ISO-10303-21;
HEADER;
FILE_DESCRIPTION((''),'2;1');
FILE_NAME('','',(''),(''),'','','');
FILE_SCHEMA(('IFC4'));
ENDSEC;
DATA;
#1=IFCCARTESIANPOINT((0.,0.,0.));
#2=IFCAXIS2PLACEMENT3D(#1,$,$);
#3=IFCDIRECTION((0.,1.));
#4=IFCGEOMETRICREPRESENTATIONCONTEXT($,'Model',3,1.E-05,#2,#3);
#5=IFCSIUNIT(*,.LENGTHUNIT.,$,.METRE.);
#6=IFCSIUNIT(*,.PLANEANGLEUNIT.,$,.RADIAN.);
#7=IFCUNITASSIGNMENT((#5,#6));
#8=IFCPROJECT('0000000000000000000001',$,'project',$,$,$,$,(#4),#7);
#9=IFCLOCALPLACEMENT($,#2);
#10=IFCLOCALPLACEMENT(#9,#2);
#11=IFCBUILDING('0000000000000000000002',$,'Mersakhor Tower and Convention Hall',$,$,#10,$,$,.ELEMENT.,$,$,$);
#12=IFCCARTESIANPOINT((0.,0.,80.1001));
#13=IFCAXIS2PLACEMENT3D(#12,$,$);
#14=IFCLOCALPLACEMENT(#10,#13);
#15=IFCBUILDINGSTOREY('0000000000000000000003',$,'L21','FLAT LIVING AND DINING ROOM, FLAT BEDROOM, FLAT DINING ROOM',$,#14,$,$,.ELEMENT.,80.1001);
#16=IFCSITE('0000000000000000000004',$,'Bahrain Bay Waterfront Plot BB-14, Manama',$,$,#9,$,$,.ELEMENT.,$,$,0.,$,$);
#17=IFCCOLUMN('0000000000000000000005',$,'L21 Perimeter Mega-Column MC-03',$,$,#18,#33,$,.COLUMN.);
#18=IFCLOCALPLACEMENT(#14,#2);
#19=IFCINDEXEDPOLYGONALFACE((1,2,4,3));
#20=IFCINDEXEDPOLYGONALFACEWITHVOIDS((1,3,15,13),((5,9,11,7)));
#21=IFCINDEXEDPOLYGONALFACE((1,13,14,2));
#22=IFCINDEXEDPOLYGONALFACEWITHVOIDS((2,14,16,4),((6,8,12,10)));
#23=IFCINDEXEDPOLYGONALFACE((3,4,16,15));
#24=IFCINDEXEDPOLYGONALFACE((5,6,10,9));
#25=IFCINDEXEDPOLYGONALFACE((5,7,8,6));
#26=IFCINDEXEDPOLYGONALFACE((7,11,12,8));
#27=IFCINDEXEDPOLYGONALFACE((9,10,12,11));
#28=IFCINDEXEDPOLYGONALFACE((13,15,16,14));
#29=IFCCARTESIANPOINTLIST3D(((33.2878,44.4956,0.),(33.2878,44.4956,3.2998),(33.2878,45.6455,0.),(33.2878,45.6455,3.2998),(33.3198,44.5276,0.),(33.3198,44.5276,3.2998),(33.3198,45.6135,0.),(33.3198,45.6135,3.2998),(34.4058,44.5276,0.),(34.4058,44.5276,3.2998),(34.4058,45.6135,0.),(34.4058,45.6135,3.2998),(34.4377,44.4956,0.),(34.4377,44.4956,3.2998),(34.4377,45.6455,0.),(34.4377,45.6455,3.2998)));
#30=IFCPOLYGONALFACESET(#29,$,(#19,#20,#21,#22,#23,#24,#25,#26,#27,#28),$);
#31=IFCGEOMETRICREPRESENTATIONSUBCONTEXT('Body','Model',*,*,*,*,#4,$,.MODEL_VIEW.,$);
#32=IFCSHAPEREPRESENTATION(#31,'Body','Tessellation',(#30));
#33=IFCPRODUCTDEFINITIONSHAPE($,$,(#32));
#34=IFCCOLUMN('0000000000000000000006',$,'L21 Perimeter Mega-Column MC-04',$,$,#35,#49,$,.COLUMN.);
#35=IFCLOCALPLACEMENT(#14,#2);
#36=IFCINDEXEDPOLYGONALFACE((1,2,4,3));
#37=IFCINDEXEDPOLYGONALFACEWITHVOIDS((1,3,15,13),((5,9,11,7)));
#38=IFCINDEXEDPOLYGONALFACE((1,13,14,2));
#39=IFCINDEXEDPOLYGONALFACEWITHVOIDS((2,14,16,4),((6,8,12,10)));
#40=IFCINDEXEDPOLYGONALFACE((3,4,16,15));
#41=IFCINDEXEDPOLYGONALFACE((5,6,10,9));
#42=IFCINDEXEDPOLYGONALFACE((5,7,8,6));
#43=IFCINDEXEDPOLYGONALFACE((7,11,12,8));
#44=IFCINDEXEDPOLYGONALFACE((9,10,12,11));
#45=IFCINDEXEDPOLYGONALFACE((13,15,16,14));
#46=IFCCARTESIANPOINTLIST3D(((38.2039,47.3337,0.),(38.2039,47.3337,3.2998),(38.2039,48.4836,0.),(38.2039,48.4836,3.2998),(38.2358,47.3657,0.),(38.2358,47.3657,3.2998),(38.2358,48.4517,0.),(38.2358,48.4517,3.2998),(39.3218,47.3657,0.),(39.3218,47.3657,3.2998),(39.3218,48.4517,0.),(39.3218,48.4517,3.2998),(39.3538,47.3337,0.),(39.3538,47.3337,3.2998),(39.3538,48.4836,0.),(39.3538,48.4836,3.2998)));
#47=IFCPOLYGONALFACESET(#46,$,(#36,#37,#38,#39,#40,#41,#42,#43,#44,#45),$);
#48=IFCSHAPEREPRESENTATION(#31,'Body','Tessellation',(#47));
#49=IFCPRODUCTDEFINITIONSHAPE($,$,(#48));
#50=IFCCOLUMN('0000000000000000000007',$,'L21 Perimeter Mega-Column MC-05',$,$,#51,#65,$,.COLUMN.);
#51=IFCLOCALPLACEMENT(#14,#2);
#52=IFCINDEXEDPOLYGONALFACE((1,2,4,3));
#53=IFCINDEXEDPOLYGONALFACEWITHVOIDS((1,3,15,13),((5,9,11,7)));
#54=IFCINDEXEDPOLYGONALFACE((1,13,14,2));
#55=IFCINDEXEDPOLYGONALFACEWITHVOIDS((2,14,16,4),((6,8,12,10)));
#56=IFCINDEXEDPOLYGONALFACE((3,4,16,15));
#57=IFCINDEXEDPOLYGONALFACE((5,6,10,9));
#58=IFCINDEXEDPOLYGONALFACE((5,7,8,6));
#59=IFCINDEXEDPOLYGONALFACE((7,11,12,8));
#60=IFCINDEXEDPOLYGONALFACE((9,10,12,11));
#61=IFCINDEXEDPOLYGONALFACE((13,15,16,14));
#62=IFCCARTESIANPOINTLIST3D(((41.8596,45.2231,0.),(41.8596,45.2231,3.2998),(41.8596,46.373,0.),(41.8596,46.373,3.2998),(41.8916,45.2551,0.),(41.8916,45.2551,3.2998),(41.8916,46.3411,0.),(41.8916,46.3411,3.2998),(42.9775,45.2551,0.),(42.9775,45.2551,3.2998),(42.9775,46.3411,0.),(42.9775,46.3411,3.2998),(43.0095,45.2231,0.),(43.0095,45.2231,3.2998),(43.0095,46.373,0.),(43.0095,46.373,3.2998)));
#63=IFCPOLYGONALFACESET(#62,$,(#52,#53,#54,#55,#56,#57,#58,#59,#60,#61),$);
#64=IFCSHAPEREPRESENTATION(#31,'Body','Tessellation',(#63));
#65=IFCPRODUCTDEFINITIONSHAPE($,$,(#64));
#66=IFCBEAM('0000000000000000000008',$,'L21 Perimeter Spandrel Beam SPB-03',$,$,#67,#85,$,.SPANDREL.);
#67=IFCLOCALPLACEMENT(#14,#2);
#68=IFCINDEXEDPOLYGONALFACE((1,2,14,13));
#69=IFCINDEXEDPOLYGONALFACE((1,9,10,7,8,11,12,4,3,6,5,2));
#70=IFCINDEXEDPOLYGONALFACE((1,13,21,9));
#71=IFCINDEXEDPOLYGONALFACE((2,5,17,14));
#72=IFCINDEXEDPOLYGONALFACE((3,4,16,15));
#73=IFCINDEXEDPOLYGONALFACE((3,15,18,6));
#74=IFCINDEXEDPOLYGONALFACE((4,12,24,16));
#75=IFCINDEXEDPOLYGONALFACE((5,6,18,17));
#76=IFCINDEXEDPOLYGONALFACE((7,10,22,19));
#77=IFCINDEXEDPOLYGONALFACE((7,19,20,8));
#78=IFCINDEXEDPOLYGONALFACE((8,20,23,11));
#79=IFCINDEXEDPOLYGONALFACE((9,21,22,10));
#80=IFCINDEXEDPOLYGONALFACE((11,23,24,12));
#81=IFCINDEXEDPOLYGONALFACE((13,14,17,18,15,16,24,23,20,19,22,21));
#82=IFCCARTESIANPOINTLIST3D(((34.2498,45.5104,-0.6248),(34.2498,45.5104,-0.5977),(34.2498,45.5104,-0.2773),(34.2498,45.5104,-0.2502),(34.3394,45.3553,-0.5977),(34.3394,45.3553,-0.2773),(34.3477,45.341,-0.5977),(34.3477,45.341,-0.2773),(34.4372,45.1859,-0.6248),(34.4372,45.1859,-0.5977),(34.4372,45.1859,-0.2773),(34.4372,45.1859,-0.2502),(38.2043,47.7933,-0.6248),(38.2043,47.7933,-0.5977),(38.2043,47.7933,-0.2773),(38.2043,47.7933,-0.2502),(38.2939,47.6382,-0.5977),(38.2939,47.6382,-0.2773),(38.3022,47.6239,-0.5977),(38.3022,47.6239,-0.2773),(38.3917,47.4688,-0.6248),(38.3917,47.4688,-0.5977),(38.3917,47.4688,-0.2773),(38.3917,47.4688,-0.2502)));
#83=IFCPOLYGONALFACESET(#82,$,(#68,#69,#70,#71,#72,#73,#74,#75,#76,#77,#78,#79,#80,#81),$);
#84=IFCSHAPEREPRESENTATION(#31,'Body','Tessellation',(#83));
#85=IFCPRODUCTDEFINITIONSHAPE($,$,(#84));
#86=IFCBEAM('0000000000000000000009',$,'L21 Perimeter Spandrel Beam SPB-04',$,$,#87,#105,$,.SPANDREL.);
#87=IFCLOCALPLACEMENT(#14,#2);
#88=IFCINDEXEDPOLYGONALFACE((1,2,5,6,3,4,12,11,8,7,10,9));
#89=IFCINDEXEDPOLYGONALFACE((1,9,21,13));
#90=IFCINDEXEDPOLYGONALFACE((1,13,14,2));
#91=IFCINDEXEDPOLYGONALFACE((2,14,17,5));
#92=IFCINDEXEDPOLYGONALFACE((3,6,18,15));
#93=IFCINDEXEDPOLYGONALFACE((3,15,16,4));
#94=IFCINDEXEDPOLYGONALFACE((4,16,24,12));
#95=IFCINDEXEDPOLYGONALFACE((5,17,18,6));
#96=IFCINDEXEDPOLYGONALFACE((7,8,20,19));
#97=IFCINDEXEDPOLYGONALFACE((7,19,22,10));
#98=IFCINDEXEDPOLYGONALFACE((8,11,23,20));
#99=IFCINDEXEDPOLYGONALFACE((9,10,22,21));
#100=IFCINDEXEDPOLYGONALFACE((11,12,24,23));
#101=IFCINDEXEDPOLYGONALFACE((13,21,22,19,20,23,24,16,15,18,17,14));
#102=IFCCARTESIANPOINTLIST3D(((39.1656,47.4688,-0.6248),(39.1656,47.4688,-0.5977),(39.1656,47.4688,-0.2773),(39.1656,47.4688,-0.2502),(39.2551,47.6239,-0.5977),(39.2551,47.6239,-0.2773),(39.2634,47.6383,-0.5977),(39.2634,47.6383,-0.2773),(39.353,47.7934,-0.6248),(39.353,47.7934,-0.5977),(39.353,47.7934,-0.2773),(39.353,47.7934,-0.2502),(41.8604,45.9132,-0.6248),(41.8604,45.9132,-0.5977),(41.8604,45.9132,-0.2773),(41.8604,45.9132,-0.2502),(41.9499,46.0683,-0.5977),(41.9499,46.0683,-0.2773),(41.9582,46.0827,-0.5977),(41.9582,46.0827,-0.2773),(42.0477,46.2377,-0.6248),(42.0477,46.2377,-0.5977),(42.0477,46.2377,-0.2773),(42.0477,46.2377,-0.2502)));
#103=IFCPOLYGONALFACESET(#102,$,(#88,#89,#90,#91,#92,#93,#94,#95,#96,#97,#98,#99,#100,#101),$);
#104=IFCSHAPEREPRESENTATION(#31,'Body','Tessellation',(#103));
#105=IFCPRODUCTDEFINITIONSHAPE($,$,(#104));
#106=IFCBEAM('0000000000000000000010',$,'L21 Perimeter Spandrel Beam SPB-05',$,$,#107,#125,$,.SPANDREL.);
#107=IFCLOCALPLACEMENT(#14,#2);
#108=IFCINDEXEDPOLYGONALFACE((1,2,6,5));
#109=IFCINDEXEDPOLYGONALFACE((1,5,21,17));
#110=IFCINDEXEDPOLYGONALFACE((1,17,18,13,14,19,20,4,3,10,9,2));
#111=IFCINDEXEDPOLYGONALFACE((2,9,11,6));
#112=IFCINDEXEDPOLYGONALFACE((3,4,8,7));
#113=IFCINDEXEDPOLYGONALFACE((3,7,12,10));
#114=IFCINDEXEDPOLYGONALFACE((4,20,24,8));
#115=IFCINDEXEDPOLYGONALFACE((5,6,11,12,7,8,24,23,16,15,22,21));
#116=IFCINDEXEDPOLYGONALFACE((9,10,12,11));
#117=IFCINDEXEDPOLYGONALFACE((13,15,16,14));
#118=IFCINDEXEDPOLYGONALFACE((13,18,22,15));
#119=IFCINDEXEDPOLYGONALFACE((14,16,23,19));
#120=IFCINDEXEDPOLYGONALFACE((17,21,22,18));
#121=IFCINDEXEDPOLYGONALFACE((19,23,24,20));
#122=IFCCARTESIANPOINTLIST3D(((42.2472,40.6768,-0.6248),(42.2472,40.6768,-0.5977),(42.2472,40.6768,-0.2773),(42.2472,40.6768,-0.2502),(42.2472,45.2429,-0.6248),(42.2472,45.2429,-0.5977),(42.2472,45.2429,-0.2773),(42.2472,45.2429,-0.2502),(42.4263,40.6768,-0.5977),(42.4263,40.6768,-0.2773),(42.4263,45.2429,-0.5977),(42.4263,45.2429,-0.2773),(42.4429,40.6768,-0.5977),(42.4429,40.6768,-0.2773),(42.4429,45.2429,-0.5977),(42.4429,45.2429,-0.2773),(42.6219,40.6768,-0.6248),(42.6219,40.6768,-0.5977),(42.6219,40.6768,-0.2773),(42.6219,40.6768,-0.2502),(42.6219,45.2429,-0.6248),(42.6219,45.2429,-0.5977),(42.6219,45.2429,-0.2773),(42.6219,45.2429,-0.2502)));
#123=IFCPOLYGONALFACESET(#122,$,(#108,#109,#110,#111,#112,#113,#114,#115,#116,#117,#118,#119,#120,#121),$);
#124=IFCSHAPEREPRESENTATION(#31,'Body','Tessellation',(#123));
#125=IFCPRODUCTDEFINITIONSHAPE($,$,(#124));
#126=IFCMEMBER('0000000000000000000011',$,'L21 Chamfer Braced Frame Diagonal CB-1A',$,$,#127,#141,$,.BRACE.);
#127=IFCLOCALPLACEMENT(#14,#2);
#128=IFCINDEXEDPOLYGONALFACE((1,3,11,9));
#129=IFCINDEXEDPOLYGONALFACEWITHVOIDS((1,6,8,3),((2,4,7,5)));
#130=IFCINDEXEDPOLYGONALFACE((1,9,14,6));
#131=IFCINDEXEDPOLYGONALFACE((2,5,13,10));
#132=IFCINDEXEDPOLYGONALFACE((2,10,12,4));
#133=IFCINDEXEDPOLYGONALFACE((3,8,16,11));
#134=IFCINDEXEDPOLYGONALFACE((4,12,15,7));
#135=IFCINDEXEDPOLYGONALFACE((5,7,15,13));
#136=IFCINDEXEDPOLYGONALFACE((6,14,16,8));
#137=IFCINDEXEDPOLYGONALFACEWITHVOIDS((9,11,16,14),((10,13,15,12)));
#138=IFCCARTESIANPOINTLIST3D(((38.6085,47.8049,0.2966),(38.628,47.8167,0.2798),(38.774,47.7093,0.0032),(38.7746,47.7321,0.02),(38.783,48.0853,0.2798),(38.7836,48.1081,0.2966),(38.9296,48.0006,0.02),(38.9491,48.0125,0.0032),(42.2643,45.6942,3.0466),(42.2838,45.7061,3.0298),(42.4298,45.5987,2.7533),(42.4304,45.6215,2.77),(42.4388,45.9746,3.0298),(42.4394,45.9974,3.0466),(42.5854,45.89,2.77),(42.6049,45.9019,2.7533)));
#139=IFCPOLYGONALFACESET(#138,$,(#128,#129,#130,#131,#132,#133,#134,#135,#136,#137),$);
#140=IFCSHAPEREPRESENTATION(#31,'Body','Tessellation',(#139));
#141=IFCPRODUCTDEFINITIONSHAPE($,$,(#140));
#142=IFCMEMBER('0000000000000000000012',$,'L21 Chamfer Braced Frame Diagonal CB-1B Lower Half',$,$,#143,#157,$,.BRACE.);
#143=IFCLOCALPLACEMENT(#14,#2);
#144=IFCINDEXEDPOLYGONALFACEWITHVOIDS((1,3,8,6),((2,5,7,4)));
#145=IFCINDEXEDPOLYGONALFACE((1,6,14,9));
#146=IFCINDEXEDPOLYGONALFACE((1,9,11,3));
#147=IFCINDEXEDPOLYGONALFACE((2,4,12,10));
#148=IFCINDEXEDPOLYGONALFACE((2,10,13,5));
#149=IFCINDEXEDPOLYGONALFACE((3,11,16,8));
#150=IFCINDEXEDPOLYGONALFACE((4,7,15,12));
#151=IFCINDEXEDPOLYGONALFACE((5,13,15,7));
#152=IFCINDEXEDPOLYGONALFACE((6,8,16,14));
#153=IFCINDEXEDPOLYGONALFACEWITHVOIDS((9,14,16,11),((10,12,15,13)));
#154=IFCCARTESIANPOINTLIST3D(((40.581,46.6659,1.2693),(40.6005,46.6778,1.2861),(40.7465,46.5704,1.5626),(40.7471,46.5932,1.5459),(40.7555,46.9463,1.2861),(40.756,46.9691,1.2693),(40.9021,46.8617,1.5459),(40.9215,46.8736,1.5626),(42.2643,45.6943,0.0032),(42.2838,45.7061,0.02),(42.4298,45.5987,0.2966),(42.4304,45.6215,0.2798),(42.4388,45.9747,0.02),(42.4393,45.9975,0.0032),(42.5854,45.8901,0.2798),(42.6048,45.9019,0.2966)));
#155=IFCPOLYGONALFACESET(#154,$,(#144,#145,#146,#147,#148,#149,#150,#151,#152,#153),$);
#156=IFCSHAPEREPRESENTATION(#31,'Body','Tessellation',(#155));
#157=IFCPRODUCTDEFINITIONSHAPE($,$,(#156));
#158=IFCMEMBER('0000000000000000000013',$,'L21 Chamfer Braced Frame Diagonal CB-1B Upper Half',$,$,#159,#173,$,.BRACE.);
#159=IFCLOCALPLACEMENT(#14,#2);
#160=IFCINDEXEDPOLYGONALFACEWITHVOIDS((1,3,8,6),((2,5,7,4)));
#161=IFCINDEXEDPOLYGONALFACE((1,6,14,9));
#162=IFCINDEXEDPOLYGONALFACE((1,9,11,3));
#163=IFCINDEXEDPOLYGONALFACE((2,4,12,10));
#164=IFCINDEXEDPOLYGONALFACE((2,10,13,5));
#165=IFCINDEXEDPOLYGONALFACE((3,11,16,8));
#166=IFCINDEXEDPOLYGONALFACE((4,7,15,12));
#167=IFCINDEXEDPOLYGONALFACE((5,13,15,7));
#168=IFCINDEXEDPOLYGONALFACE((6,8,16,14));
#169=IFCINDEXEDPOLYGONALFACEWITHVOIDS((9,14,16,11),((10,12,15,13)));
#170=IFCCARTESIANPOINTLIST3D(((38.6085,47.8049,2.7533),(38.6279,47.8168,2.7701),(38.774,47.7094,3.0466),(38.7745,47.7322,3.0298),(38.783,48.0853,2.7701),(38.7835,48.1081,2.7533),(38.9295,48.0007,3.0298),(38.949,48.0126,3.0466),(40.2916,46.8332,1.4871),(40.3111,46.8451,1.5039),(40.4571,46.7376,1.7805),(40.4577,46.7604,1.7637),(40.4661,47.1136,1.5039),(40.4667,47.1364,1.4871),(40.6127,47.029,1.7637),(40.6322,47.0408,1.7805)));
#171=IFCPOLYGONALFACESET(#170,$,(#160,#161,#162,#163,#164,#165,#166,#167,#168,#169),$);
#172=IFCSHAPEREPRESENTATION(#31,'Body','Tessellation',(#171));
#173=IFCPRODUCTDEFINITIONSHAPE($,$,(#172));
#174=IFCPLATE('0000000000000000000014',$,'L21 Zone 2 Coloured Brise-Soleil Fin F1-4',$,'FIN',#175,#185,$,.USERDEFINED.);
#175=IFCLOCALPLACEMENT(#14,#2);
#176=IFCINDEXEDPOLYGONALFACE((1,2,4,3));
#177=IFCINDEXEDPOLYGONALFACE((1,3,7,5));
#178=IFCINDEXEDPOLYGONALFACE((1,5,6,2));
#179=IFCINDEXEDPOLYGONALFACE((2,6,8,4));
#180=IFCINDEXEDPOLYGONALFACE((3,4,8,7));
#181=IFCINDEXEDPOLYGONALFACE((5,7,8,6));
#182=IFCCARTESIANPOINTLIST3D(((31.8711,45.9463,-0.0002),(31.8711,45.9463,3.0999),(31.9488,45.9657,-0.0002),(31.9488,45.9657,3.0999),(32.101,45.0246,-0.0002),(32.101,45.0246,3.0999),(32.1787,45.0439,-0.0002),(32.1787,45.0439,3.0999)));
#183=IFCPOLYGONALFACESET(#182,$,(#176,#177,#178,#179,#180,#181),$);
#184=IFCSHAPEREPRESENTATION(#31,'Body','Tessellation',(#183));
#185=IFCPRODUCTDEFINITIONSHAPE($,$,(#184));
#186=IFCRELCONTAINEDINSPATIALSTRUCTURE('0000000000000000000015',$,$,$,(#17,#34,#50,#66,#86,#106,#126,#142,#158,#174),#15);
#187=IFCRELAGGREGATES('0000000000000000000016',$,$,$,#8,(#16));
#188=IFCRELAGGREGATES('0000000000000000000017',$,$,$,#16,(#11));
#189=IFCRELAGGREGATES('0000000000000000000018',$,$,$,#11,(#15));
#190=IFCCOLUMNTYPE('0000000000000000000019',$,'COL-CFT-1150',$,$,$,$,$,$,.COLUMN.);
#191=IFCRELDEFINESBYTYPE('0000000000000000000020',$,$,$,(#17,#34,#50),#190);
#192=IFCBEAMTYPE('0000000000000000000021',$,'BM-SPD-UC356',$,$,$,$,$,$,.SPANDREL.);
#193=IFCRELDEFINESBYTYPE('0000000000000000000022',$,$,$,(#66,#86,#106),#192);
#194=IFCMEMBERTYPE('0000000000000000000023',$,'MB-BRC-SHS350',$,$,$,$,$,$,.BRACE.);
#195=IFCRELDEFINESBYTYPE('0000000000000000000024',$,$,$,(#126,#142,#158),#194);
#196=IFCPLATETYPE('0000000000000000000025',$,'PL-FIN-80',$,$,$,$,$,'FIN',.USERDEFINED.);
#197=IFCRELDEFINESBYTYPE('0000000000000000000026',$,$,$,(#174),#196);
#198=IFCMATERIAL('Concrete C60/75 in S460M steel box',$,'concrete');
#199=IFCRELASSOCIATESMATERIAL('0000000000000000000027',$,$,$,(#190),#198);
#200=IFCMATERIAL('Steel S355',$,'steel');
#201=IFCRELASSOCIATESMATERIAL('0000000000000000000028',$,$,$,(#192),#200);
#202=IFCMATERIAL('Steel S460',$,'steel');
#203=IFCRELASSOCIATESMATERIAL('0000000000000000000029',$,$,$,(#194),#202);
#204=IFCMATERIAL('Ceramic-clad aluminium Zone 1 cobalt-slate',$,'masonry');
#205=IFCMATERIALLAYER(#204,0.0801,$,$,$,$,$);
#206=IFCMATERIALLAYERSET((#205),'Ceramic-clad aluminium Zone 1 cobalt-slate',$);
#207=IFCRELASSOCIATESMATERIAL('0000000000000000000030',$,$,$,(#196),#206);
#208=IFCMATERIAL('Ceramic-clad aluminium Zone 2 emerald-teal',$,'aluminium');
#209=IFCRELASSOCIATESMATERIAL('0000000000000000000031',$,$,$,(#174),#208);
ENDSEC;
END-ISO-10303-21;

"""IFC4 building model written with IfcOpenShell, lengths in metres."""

from ifc_helpers import new_model, si_unit, direction, frame, origin, origin_2d, place, context, subcontext, project, spatial, rectangle, hollow_rectangle, i_section, extrude, material, layer, layer_set, material_profile, profile_set, type_object, element, save


model = new_model("IFC4")

# Units and contexts
model_context = context("Model", 3, precision=1e-05, world=origin(), true_north=direction((0.0, 1.0)))
body_context = subcontext(model_context, "Body", "Model", "MODEL_VIEW")
ifc_project = project(units=[si_unit("LENGTHUNIT", "METRE"), si_unit("PLANEANGLEUNIT", "RADIAN")], contexts=[model_context])

# Site, building, storey
site_placement = place(None, origin())
site = spatial("IfcSite", under=ifc_project, at=site_placement, Name="Bahrain Bay Waterfront Plot BB-14, Manama", CompositionType="ELEMENT", RefElevation=0.0)
building_placement = place(site_placement, origin())
building = spatial("IfcBuilding", under=site, at=building_placement, Name="Mersakhor Tower and Convention Hall", CompositionType="ELEMENT")
storey_placement = place(building_placement, frame((0.0, 0.0, 80.1001)))
storey = spatial("IfcBuildingStorey", under=building, at=storey_placement, Name="L21", Description="FLAT LIVING AND DINING ROOM, FLAT BEDROOM, FLAT DINING ROOM", CompositionType="ELEMENT", Elevation=80.1001)

# Columns
ifc_material_1 = material(Name="Concrete C60/75 in S460M steel box", Category="concrete")
ifc_material_profile_1 = material_profile(ifc_material_1, hollow_rectangle(XDim=1.1499, YDim=1.1499, WallThickness=0.032, at=origin_2d()), Name="SHS 1150x1150x32")
ifc_profile_set_1 = profile_set([ifc_material_profile_1], Name="Concrete C60/75 in S460M steel box")
column_type = type_object("IfcColumnType", Name="COL-CFT-1150", PredefinedType="COLUMN", material=ifc_profile_set_1)
for number, where, z_axis, x_axis, name in (
    (1, (33.8628, 45.0706, 0.0), (0.0, 0.0, 1.0), (1.0, 0.0, 0.0), "L21 Perimeter Mega-Column MC-03"),
    (2, (38.7788, 47.9087, 0.0), (0.0, 0.0, 1.0), (1.0, 0.0, 0.0), "L21 Perimeter Mega-Column MC-04"),
    (3, (42.4346, 45.7981, 0.0), (0.0, 0.0, 1.0), (1.0, 0.0, 0.0), "L21 Perimeter Mega-Column MC-05"),
):
    element("IfcColumn", number, at=place(storey_placement, frame(where, z_axis=z_axis, x_axis=x_axis)), inside=storey, type_object=column_type, Name=name, PredefinedType="COLUMN", context=body_context, shape_type="SweptSolid", body=[
        extrude(hollow_rectangle(XDim=1.1499, YDim=1.1499, WallThickness=0.032, at=origin_2d()), origin(), (0.0, 0.0, 1.0), 3.2998),
    ])

# Beams
ifc_material_2 = material(Name="Steel S355", Category="steel")
ifc_material_profile_2 = material_profile(ifc_material_2, i_section(OverallWidth=0.3748, OverallDepth=0.3745, WebThickness=0.0166, FlangeThickness=0.0271, at=origin_2d()), Name="UC 356x368x202")
ifc_profile_set_2 = profile_set([ifc_material_profile_2], Name="Steel S355")
beam_type = type_object("IfcBeamType", Name="BM-SPD-UC356", PredefinedType="SPANDREL", material=ifc_profile_set_2)
beam_1_placement = place(storey_placement, frame((34.3435, 45.3481, -0.4375), z_axis=(0.866047, 0.499963, 0.0), x_axis=(-0.499963, 0.866047, 0.0)))
element("IfcBeam", 4, at=beam_1_placement, inside=storey, type_object=beam_type, Name="L21 Perimeter Spandrel Beam SPB-03", PredefinedType="SPANDREL", context=body_context, shape_type="SweptSolid", body=[
    extrude(i_section(OverallWidth=0.3748, OverallDepth=0.3745, WebThickness=0.0166, FlangeThickness=0.0271, at=origin_2d()), origin(), (0.0, 0.0, 1.0), 4.5662),
])
beam_2_placement = place(storey_placement, frame((39.2593, 47.6311, -0.4375), z_axis=(0.866052, -0.499953, 0.0), x_axis=(0.499953, 0.866052, 0.0)))
element("IfcBeam", 5, at=beam_2_placement, inside=storey, type_object=beam_type, Name="L21 Perimeter Spandrel Beam SPB-04", PredefinedType="SPANDREL", context=body_context, shape_type="SweptSolid", body=[
    extrude(i_section(OverallWidth=0.3748, OverallDepth=0.3745, WebThickness=0.0166, FlangeThickness=0.0271, at=origin_2d()), origin(), (0.0, 0.0, 1.0), 3.1116),
])
beam_3_placement = place(storey_placement, frame((42.4346, 45.2429, -0.4375), z_axis=(0.0, -1.0, 0.0), x_axis=(1.0, 0.0, 0.0)))
element("IfcBeam", 6, at=beam_3_placement, inside=storey, type_object=beam_type, Name="L21 Perimeter Spandrel Beam SPB-05", PredefinedType="SPANDREL", context=body_context, shape_type="SweptSolid", body=[
    extrude(i_section(OverallWidth=0.3748, OverallDepth=0.3745, WebThickness=0.0166, FlangeThickness=0.0271, at=origin_2d()), origin(), (0.0, 0.0, 1.0), 4.5662),
])

# Members
ifc_material_3 = material(Name="Steel S460", Category="steel")
ifc_material_profile_3 = material_profile(ifc_material_3, hollow_rectangle(XDim=0.3501, YDim=0.3501, WallThickness=0.02, at=origin_2d()), Name="SHS 350x350x20")
ifc_profile_set_3 = profile_set([ifc_material_profile_3], Name="Steel S460")
member_type = type_object("IfcMemberType", Name="MB-BRC-SHS350", PredefinedType="BRACE", material=ifc_profile_set_3)
member_placement = place(storey_placement, frame((38.7788, 47.9087, 0.1499), z_axis=(0.725634, -0.418933, 0.545849), x_axis=(0.499989, 0.866031, 0.0)))
element("IfcMember", 7, at=member_placement, inside=storey, type_object=member_type, Name="L21 Chamfer Braced Frame Diagonal CB-1A", PredefinedType="BRACE", context=body_context, shape_type="SweptSolid", body=[
    extrude(hollow_rectangle(XDim=0.3501, YDim=0.3501, WallThickness=0.02, at=origin_2d()), origin(), (0.0, 0.0, 1.0), 5.0381),
])
for number, where, z_axis, x_axis, name in (
    (8, (42.4346, 45.7981, 0.1499), (-0.725685, 0.418887, 0.545816), (-0.499922, -0.866071, 0.0), "L21 Chamfer Braced Frame Diagonal CB-1B Lower Half"),
    (9, (40.4619, 46.937, 1.6338), (-0.725635, 0.418919, 0.545858), (-0.499976, -0.866039, 0.0), "L21 Chamfer Braced Frame Diagonal CB-1B Upper Half"),
):
    element("IfcMember", number, at=place(storey_placement, frame(where, z_axis=z_axis, x_axis=x_axis)), inside=storey, type_object=member_type, Name=name, PredefinedType="BRACE", context=body_context, shape_type="SweptSolid", body=[
        extrude(hollow_rectangle(XDim=0.3501, YDim=0.3501, WallThickness=0.02, at=origin_2d()), origin(), (0.0, 0.0, 1.0), 2.3196),
    ])

# Plate
ifc_material_4 = material(Name="Ceramic-clad aluminium Zone 2 emerald-teal", Category="aluminium")
ifc_material_5 = material(Name="Ceramic-clad aluminium Zone 1 cobalt-slate", Category="masonry")
ifc_layer_1 = layer(ifc_material_5, 0.0801)
ifc_layer_set_1 = layer_set([ifc_layer_1], Name="Ceramic-clad aluminium Zone 1 cobalt-slate")
plate_type_1 = type_object("IfcPlateType", Name="PL-FIN-80", ElementType="FIN", PredefinedType="USERDEFINED", material=ifc_layer_set_1)
plate_1_placement = place(storey_placement, frame((32.0249, 45.4951, -0.0002), z_axis=(0.0, 0.0, 1.0), x_axis=(-0.241922, 0.970296, 0.0)))
element("IfcPlate", 10, at=plate_1_placement, inside=storey, type_object=plate_type_1, material=ifc_material_4, Name="L21 Zone 2 Coloured Brise-Soleil Fin F1-4", ObjectType="FIN", PredefinedType="USERDEFINED", context=body_context, shape_type="SweptSolid", body=[
    extrude(rectangle(XDim=0.95, YDim=0.0801, at=origin_2d()), origin(), (0.0, 0.0, 1.0), 3.1001),
])

save(model, "model.ifc")
